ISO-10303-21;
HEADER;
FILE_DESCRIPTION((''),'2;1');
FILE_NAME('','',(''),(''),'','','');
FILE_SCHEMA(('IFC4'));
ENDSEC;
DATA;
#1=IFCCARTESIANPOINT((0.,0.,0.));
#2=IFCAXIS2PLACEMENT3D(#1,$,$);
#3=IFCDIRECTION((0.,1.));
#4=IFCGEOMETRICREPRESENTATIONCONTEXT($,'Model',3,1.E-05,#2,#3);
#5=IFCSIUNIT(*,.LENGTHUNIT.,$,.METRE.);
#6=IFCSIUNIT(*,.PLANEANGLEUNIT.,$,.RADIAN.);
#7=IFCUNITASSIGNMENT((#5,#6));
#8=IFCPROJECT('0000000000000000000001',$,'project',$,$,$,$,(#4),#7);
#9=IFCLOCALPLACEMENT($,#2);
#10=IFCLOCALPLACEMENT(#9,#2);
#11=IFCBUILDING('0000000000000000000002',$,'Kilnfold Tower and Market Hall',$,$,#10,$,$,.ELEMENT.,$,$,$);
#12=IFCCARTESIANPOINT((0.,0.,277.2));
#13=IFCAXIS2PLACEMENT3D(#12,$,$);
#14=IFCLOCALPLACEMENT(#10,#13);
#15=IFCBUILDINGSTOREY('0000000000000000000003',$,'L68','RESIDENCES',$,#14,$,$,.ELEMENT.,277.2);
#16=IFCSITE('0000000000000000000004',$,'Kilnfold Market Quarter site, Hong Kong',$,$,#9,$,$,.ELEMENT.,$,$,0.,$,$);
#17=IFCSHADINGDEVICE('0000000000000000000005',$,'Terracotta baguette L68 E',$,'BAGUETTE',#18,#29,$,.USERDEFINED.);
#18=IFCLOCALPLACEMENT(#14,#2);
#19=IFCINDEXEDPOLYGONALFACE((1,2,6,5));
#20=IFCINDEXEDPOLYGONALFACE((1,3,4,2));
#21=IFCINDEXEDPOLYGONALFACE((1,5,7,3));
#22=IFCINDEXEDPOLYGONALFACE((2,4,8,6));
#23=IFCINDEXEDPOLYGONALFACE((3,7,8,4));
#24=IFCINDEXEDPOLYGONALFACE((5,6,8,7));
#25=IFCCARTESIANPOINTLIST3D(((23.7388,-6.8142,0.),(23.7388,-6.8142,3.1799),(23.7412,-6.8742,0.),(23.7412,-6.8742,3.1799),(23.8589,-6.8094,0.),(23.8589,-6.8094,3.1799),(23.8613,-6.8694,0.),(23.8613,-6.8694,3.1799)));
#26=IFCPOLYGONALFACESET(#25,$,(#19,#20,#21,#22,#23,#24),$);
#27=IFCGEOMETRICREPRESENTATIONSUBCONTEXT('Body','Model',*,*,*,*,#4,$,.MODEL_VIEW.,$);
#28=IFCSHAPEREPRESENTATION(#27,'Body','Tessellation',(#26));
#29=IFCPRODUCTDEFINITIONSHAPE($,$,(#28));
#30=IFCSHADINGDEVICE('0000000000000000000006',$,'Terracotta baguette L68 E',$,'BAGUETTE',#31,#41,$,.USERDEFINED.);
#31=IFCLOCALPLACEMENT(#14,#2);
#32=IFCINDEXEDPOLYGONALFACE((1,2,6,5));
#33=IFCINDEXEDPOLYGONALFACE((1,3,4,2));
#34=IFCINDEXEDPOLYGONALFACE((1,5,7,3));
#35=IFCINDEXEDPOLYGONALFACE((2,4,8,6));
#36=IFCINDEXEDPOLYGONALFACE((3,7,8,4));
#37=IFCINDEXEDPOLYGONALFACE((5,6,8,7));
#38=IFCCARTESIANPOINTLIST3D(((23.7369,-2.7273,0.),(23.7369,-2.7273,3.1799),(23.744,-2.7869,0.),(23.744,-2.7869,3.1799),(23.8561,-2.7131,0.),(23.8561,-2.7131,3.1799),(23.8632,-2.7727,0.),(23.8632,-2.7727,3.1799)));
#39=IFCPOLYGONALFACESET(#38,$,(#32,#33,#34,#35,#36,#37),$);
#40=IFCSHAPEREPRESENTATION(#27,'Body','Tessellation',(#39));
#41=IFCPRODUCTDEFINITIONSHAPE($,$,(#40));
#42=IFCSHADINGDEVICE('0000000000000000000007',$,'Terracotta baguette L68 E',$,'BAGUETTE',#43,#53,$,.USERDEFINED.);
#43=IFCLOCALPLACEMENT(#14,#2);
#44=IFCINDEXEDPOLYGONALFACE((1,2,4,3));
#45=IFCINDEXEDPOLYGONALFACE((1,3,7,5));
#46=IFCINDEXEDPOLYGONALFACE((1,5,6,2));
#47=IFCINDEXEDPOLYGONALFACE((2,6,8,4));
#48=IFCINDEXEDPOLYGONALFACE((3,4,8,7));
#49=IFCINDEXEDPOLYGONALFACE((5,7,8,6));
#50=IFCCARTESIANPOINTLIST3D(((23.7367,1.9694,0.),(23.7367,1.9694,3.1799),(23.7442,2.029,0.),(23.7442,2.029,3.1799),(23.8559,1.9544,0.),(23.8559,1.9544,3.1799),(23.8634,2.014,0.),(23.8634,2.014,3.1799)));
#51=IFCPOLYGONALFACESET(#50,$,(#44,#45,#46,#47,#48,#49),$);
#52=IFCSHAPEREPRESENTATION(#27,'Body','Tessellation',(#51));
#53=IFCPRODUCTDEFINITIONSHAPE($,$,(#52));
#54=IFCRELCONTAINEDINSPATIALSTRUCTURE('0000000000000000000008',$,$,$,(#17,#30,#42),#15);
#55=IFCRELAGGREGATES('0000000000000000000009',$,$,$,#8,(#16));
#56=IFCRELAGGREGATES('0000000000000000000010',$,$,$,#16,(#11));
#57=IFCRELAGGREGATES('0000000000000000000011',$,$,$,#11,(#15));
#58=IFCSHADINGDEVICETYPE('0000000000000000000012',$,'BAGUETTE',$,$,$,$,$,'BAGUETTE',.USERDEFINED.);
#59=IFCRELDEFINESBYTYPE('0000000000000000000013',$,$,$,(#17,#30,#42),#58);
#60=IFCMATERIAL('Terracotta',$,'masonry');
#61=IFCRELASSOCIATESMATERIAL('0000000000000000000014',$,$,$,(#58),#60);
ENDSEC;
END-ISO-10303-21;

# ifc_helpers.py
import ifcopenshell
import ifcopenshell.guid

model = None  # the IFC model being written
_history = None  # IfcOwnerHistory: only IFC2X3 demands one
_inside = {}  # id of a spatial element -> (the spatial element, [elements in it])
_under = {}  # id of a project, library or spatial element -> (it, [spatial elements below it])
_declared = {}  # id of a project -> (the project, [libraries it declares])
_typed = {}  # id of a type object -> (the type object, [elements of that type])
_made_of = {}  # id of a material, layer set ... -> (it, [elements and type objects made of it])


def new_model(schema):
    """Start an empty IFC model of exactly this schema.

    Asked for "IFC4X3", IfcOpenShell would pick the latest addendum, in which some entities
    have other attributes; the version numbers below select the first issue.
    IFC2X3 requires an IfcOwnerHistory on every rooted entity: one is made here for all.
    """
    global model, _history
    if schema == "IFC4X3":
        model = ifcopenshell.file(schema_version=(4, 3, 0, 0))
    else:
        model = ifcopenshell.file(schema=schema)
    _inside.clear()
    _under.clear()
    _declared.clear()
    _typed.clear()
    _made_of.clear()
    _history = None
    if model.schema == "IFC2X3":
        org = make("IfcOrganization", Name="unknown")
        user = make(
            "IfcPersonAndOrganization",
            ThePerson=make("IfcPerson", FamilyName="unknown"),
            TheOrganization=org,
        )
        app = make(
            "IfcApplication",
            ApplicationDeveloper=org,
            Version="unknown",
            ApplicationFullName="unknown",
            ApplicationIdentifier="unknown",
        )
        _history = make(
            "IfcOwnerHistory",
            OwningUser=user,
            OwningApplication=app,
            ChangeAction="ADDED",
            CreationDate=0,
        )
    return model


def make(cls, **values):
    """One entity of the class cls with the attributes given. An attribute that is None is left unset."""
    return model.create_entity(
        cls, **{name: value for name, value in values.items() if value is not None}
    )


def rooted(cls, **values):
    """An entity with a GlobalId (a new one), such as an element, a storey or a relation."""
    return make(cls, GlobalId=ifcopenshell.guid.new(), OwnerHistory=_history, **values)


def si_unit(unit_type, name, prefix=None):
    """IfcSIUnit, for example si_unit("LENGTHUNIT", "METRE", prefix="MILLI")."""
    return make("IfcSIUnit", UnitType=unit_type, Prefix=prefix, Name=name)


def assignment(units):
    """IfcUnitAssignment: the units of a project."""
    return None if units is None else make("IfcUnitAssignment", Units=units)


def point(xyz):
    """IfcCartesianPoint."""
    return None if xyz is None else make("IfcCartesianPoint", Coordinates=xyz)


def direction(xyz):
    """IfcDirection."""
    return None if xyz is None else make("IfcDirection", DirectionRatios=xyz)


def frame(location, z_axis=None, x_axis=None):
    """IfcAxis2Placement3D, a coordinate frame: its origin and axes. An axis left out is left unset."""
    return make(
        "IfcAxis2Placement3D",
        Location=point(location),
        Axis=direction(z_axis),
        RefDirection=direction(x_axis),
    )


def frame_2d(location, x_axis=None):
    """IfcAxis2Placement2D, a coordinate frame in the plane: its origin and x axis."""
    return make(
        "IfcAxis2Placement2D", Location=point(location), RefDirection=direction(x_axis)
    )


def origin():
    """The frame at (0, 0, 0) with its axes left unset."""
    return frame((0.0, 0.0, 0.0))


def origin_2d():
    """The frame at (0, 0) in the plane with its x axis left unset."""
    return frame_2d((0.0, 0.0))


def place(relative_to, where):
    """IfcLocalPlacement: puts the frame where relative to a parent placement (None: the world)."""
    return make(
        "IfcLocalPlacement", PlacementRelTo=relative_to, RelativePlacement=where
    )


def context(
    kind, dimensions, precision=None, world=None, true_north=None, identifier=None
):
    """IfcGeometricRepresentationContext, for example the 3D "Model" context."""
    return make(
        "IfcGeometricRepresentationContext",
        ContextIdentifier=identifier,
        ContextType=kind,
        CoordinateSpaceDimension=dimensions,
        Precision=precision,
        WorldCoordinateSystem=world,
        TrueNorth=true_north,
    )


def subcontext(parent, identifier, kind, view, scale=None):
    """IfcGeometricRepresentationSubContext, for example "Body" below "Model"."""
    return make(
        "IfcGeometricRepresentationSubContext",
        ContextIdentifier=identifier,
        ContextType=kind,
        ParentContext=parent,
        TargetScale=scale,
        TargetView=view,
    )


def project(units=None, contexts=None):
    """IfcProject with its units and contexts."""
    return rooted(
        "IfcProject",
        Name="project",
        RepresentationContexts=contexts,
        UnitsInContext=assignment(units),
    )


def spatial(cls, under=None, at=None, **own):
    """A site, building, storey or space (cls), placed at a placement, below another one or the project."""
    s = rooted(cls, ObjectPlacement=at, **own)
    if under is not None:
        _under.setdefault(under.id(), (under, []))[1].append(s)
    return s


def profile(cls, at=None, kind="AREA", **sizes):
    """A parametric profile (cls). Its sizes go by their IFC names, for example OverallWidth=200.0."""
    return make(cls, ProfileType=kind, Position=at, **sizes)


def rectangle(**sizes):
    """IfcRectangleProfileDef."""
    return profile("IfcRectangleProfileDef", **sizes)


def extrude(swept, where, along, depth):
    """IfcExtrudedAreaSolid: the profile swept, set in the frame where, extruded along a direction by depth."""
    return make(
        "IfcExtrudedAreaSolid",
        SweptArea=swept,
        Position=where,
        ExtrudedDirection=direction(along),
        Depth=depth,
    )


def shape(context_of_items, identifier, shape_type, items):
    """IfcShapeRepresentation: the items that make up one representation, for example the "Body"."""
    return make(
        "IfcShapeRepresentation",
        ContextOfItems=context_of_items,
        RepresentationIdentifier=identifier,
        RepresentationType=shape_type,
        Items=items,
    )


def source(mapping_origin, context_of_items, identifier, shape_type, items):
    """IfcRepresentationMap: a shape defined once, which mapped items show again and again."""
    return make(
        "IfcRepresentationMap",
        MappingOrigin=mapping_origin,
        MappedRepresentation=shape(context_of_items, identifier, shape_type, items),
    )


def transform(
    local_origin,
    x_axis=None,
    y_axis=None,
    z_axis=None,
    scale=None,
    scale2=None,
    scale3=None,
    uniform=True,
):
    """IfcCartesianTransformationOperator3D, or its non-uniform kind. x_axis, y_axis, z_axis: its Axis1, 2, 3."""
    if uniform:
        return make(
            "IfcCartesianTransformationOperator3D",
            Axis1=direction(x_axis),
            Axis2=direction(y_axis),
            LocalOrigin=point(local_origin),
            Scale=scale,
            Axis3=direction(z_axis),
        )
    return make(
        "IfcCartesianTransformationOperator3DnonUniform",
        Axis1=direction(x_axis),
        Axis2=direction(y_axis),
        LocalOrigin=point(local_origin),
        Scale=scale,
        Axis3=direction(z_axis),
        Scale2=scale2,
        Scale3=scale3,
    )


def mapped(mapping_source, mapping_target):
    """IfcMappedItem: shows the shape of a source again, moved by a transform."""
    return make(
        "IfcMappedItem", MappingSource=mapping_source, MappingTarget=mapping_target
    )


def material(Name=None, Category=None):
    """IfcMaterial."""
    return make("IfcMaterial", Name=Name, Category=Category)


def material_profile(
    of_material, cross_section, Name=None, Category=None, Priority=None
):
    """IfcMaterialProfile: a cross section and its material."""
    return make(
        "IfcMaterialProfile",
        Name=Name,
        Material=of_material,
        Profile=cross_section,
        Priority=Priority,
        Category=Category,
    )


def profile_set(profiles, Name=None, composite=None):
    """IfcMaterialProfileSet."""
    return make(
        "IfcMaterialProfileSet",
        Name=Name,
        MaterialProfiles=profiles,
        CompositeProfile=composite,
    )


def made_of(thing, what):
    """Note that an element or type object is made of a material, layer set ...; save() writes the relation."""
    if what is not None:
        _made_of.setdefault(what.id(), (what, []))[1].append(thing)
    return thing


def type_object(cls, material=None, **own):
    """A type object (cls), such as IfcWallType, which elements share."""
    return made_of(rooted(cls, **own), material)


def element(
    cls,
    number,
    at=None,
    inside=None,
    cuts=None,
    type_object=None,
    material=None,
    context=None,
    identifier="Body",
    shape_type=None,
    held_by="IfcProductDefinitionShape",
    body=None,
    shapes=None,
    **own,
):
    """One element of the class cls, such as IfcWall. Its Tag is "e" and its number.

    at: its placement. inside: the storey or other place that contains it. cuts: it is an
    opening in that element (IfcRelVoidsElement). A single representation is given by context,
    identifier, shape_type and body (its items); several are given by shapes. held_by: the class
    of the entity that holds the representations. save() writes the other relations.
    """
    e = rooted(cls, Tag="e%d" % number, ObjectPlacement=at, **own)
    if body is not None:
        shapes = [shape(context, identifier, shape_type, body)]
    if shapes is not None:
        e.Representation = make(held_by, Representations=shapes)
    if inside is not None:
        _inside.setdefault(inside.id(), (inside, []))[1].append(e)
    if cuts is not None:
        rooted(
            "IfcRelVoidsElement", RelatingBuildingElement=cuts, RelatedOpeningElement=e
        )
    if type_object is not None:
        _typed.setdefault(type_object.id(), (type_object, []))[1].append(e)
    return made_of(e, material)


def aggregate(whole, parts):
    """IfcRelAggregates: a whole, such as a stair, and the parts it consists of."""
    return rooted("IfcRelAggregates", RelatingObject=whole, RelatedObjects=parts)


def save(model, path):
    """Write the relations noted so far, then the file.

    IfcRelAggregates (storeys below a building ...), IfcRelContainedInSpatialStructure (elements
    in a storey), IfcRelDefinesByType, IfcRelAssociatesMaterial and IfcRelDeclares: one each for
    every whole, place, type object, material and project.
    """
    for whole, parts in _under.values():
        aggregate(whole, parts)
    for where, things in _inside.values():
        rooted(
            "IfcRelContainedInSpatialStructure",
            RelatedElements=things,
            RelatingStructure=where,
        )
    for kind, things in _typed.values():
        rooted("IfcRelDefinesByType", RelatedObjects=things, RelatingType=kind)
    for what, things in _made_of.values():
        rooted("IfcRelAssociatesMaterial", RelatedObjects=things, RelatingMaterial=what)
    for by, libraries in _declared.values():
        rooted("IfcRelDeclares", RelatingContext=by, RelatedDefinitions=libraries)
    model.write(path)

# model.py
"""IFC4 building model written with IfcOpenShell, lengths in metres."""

from ifc_helpers import new_model, si_unit, direction, frame, origin, origin_2d, place, context, subcontext, project, spatial, rectangle, extrude, source, transform, mapped, material, material_profile, profile_set, type_object, element, save


model = new_model("IFC4")

# Units and contexts
model_context = context("Model", 3, precision=1e-05, world=origin(), true_north=direction((0.0, 1.0)))
body_context = subcontext(model_context, "Body", "Model", "MODEL_VIEW")
ifc_project = project(units=[si_unit("LENGTHUNIT", "METRE"), si_unit("PLANEANGLEUNIT", "RADIAN")], contexts=[model_context])

# Site, building, storey
site_placement = place(None, origin())
site = spatial("IfcSite", under=ifc_project, at=site_placement, Name="Kilnfold Market Quarter site, Hong Kong", CompositionType="ELEMENT", RefElevation=0.0)
building_placement = place(site_placement, origin())
building = spatial("IfcBuilding", under=site, at=building_placement, Name="Kilnfold Tower and Market Hall", CompositionType="ELEMENT")
storey_placement = place(building_placement, frame((0.0, 0.0, 277.2)))
storey = spatial("IfcBuildingStorey", under=building, at=storey_placement, Name="L68", Description="RESIDENCES", CompositionType="ELEMENT", Elevation=277.2)

# Shading devices
ifc_material_1 = material(Name="Terracotta", Category="masonry")
ifc_material_profile_1 = material_profile(ifc_material_1, rectangle(XDim=0.0601, YDim=0.1201, at=origin_2d()), Name="BAG 60x120")
ifc_profile_set_1 = profile_set([ifc_material_profile_1], Name="Terracotta")
shading_device_type = type_object("IfcShadingDeviceType", Name="BAGUETTE", ElementType="BAGUETTE", PredefinedType="USERDEFINED", material=ifc_profile_set_1)
shared_shape_1 = source(origin(), body_context, "Body", "SweptSolid", [
    extrude(rectangle(XDim=0.0601, YDim=0.1201, at=origin_2d()), origin(), (0.0, 0.0, 1.0), 3.1799),
])
for number, where, z_axis, x_axis, name in (
    (1, (23.8, -6.8418, 0.0), (0.0, 0.0, 1.0), (-0.040029, 0.999199, 0.0), "Terracotta baguette L68 E"),
    (2, (23.8, -2.75, 0.0), (0.0, 0.0, 1.0), (-0.118288, 0.992979, 0.0), "Terracotta baguette L68 E"),
    (3, (23.8, 1.9917, 0.0), (0.0, 0.0, 1.0), (0.124963, 0.992161, 0.0), "Terracotta baguette L68 E"),
):
    element("IfcShadingDevice", number, at=place(storey_placement, frame(where, z_axis=z_axis, x_axis=x_axis)), inside=storey, type_object=shading_device_type, Name=name, ObjectType="BAGUETTE", PredefinedType="USERDEFINED", context=body_context, shape_type="MappedRepresentation", body=[
        mapped(shared_shape_1, transform((0.0, 0.0, 0.0))),
    ])

save(model, "model.ifc")
